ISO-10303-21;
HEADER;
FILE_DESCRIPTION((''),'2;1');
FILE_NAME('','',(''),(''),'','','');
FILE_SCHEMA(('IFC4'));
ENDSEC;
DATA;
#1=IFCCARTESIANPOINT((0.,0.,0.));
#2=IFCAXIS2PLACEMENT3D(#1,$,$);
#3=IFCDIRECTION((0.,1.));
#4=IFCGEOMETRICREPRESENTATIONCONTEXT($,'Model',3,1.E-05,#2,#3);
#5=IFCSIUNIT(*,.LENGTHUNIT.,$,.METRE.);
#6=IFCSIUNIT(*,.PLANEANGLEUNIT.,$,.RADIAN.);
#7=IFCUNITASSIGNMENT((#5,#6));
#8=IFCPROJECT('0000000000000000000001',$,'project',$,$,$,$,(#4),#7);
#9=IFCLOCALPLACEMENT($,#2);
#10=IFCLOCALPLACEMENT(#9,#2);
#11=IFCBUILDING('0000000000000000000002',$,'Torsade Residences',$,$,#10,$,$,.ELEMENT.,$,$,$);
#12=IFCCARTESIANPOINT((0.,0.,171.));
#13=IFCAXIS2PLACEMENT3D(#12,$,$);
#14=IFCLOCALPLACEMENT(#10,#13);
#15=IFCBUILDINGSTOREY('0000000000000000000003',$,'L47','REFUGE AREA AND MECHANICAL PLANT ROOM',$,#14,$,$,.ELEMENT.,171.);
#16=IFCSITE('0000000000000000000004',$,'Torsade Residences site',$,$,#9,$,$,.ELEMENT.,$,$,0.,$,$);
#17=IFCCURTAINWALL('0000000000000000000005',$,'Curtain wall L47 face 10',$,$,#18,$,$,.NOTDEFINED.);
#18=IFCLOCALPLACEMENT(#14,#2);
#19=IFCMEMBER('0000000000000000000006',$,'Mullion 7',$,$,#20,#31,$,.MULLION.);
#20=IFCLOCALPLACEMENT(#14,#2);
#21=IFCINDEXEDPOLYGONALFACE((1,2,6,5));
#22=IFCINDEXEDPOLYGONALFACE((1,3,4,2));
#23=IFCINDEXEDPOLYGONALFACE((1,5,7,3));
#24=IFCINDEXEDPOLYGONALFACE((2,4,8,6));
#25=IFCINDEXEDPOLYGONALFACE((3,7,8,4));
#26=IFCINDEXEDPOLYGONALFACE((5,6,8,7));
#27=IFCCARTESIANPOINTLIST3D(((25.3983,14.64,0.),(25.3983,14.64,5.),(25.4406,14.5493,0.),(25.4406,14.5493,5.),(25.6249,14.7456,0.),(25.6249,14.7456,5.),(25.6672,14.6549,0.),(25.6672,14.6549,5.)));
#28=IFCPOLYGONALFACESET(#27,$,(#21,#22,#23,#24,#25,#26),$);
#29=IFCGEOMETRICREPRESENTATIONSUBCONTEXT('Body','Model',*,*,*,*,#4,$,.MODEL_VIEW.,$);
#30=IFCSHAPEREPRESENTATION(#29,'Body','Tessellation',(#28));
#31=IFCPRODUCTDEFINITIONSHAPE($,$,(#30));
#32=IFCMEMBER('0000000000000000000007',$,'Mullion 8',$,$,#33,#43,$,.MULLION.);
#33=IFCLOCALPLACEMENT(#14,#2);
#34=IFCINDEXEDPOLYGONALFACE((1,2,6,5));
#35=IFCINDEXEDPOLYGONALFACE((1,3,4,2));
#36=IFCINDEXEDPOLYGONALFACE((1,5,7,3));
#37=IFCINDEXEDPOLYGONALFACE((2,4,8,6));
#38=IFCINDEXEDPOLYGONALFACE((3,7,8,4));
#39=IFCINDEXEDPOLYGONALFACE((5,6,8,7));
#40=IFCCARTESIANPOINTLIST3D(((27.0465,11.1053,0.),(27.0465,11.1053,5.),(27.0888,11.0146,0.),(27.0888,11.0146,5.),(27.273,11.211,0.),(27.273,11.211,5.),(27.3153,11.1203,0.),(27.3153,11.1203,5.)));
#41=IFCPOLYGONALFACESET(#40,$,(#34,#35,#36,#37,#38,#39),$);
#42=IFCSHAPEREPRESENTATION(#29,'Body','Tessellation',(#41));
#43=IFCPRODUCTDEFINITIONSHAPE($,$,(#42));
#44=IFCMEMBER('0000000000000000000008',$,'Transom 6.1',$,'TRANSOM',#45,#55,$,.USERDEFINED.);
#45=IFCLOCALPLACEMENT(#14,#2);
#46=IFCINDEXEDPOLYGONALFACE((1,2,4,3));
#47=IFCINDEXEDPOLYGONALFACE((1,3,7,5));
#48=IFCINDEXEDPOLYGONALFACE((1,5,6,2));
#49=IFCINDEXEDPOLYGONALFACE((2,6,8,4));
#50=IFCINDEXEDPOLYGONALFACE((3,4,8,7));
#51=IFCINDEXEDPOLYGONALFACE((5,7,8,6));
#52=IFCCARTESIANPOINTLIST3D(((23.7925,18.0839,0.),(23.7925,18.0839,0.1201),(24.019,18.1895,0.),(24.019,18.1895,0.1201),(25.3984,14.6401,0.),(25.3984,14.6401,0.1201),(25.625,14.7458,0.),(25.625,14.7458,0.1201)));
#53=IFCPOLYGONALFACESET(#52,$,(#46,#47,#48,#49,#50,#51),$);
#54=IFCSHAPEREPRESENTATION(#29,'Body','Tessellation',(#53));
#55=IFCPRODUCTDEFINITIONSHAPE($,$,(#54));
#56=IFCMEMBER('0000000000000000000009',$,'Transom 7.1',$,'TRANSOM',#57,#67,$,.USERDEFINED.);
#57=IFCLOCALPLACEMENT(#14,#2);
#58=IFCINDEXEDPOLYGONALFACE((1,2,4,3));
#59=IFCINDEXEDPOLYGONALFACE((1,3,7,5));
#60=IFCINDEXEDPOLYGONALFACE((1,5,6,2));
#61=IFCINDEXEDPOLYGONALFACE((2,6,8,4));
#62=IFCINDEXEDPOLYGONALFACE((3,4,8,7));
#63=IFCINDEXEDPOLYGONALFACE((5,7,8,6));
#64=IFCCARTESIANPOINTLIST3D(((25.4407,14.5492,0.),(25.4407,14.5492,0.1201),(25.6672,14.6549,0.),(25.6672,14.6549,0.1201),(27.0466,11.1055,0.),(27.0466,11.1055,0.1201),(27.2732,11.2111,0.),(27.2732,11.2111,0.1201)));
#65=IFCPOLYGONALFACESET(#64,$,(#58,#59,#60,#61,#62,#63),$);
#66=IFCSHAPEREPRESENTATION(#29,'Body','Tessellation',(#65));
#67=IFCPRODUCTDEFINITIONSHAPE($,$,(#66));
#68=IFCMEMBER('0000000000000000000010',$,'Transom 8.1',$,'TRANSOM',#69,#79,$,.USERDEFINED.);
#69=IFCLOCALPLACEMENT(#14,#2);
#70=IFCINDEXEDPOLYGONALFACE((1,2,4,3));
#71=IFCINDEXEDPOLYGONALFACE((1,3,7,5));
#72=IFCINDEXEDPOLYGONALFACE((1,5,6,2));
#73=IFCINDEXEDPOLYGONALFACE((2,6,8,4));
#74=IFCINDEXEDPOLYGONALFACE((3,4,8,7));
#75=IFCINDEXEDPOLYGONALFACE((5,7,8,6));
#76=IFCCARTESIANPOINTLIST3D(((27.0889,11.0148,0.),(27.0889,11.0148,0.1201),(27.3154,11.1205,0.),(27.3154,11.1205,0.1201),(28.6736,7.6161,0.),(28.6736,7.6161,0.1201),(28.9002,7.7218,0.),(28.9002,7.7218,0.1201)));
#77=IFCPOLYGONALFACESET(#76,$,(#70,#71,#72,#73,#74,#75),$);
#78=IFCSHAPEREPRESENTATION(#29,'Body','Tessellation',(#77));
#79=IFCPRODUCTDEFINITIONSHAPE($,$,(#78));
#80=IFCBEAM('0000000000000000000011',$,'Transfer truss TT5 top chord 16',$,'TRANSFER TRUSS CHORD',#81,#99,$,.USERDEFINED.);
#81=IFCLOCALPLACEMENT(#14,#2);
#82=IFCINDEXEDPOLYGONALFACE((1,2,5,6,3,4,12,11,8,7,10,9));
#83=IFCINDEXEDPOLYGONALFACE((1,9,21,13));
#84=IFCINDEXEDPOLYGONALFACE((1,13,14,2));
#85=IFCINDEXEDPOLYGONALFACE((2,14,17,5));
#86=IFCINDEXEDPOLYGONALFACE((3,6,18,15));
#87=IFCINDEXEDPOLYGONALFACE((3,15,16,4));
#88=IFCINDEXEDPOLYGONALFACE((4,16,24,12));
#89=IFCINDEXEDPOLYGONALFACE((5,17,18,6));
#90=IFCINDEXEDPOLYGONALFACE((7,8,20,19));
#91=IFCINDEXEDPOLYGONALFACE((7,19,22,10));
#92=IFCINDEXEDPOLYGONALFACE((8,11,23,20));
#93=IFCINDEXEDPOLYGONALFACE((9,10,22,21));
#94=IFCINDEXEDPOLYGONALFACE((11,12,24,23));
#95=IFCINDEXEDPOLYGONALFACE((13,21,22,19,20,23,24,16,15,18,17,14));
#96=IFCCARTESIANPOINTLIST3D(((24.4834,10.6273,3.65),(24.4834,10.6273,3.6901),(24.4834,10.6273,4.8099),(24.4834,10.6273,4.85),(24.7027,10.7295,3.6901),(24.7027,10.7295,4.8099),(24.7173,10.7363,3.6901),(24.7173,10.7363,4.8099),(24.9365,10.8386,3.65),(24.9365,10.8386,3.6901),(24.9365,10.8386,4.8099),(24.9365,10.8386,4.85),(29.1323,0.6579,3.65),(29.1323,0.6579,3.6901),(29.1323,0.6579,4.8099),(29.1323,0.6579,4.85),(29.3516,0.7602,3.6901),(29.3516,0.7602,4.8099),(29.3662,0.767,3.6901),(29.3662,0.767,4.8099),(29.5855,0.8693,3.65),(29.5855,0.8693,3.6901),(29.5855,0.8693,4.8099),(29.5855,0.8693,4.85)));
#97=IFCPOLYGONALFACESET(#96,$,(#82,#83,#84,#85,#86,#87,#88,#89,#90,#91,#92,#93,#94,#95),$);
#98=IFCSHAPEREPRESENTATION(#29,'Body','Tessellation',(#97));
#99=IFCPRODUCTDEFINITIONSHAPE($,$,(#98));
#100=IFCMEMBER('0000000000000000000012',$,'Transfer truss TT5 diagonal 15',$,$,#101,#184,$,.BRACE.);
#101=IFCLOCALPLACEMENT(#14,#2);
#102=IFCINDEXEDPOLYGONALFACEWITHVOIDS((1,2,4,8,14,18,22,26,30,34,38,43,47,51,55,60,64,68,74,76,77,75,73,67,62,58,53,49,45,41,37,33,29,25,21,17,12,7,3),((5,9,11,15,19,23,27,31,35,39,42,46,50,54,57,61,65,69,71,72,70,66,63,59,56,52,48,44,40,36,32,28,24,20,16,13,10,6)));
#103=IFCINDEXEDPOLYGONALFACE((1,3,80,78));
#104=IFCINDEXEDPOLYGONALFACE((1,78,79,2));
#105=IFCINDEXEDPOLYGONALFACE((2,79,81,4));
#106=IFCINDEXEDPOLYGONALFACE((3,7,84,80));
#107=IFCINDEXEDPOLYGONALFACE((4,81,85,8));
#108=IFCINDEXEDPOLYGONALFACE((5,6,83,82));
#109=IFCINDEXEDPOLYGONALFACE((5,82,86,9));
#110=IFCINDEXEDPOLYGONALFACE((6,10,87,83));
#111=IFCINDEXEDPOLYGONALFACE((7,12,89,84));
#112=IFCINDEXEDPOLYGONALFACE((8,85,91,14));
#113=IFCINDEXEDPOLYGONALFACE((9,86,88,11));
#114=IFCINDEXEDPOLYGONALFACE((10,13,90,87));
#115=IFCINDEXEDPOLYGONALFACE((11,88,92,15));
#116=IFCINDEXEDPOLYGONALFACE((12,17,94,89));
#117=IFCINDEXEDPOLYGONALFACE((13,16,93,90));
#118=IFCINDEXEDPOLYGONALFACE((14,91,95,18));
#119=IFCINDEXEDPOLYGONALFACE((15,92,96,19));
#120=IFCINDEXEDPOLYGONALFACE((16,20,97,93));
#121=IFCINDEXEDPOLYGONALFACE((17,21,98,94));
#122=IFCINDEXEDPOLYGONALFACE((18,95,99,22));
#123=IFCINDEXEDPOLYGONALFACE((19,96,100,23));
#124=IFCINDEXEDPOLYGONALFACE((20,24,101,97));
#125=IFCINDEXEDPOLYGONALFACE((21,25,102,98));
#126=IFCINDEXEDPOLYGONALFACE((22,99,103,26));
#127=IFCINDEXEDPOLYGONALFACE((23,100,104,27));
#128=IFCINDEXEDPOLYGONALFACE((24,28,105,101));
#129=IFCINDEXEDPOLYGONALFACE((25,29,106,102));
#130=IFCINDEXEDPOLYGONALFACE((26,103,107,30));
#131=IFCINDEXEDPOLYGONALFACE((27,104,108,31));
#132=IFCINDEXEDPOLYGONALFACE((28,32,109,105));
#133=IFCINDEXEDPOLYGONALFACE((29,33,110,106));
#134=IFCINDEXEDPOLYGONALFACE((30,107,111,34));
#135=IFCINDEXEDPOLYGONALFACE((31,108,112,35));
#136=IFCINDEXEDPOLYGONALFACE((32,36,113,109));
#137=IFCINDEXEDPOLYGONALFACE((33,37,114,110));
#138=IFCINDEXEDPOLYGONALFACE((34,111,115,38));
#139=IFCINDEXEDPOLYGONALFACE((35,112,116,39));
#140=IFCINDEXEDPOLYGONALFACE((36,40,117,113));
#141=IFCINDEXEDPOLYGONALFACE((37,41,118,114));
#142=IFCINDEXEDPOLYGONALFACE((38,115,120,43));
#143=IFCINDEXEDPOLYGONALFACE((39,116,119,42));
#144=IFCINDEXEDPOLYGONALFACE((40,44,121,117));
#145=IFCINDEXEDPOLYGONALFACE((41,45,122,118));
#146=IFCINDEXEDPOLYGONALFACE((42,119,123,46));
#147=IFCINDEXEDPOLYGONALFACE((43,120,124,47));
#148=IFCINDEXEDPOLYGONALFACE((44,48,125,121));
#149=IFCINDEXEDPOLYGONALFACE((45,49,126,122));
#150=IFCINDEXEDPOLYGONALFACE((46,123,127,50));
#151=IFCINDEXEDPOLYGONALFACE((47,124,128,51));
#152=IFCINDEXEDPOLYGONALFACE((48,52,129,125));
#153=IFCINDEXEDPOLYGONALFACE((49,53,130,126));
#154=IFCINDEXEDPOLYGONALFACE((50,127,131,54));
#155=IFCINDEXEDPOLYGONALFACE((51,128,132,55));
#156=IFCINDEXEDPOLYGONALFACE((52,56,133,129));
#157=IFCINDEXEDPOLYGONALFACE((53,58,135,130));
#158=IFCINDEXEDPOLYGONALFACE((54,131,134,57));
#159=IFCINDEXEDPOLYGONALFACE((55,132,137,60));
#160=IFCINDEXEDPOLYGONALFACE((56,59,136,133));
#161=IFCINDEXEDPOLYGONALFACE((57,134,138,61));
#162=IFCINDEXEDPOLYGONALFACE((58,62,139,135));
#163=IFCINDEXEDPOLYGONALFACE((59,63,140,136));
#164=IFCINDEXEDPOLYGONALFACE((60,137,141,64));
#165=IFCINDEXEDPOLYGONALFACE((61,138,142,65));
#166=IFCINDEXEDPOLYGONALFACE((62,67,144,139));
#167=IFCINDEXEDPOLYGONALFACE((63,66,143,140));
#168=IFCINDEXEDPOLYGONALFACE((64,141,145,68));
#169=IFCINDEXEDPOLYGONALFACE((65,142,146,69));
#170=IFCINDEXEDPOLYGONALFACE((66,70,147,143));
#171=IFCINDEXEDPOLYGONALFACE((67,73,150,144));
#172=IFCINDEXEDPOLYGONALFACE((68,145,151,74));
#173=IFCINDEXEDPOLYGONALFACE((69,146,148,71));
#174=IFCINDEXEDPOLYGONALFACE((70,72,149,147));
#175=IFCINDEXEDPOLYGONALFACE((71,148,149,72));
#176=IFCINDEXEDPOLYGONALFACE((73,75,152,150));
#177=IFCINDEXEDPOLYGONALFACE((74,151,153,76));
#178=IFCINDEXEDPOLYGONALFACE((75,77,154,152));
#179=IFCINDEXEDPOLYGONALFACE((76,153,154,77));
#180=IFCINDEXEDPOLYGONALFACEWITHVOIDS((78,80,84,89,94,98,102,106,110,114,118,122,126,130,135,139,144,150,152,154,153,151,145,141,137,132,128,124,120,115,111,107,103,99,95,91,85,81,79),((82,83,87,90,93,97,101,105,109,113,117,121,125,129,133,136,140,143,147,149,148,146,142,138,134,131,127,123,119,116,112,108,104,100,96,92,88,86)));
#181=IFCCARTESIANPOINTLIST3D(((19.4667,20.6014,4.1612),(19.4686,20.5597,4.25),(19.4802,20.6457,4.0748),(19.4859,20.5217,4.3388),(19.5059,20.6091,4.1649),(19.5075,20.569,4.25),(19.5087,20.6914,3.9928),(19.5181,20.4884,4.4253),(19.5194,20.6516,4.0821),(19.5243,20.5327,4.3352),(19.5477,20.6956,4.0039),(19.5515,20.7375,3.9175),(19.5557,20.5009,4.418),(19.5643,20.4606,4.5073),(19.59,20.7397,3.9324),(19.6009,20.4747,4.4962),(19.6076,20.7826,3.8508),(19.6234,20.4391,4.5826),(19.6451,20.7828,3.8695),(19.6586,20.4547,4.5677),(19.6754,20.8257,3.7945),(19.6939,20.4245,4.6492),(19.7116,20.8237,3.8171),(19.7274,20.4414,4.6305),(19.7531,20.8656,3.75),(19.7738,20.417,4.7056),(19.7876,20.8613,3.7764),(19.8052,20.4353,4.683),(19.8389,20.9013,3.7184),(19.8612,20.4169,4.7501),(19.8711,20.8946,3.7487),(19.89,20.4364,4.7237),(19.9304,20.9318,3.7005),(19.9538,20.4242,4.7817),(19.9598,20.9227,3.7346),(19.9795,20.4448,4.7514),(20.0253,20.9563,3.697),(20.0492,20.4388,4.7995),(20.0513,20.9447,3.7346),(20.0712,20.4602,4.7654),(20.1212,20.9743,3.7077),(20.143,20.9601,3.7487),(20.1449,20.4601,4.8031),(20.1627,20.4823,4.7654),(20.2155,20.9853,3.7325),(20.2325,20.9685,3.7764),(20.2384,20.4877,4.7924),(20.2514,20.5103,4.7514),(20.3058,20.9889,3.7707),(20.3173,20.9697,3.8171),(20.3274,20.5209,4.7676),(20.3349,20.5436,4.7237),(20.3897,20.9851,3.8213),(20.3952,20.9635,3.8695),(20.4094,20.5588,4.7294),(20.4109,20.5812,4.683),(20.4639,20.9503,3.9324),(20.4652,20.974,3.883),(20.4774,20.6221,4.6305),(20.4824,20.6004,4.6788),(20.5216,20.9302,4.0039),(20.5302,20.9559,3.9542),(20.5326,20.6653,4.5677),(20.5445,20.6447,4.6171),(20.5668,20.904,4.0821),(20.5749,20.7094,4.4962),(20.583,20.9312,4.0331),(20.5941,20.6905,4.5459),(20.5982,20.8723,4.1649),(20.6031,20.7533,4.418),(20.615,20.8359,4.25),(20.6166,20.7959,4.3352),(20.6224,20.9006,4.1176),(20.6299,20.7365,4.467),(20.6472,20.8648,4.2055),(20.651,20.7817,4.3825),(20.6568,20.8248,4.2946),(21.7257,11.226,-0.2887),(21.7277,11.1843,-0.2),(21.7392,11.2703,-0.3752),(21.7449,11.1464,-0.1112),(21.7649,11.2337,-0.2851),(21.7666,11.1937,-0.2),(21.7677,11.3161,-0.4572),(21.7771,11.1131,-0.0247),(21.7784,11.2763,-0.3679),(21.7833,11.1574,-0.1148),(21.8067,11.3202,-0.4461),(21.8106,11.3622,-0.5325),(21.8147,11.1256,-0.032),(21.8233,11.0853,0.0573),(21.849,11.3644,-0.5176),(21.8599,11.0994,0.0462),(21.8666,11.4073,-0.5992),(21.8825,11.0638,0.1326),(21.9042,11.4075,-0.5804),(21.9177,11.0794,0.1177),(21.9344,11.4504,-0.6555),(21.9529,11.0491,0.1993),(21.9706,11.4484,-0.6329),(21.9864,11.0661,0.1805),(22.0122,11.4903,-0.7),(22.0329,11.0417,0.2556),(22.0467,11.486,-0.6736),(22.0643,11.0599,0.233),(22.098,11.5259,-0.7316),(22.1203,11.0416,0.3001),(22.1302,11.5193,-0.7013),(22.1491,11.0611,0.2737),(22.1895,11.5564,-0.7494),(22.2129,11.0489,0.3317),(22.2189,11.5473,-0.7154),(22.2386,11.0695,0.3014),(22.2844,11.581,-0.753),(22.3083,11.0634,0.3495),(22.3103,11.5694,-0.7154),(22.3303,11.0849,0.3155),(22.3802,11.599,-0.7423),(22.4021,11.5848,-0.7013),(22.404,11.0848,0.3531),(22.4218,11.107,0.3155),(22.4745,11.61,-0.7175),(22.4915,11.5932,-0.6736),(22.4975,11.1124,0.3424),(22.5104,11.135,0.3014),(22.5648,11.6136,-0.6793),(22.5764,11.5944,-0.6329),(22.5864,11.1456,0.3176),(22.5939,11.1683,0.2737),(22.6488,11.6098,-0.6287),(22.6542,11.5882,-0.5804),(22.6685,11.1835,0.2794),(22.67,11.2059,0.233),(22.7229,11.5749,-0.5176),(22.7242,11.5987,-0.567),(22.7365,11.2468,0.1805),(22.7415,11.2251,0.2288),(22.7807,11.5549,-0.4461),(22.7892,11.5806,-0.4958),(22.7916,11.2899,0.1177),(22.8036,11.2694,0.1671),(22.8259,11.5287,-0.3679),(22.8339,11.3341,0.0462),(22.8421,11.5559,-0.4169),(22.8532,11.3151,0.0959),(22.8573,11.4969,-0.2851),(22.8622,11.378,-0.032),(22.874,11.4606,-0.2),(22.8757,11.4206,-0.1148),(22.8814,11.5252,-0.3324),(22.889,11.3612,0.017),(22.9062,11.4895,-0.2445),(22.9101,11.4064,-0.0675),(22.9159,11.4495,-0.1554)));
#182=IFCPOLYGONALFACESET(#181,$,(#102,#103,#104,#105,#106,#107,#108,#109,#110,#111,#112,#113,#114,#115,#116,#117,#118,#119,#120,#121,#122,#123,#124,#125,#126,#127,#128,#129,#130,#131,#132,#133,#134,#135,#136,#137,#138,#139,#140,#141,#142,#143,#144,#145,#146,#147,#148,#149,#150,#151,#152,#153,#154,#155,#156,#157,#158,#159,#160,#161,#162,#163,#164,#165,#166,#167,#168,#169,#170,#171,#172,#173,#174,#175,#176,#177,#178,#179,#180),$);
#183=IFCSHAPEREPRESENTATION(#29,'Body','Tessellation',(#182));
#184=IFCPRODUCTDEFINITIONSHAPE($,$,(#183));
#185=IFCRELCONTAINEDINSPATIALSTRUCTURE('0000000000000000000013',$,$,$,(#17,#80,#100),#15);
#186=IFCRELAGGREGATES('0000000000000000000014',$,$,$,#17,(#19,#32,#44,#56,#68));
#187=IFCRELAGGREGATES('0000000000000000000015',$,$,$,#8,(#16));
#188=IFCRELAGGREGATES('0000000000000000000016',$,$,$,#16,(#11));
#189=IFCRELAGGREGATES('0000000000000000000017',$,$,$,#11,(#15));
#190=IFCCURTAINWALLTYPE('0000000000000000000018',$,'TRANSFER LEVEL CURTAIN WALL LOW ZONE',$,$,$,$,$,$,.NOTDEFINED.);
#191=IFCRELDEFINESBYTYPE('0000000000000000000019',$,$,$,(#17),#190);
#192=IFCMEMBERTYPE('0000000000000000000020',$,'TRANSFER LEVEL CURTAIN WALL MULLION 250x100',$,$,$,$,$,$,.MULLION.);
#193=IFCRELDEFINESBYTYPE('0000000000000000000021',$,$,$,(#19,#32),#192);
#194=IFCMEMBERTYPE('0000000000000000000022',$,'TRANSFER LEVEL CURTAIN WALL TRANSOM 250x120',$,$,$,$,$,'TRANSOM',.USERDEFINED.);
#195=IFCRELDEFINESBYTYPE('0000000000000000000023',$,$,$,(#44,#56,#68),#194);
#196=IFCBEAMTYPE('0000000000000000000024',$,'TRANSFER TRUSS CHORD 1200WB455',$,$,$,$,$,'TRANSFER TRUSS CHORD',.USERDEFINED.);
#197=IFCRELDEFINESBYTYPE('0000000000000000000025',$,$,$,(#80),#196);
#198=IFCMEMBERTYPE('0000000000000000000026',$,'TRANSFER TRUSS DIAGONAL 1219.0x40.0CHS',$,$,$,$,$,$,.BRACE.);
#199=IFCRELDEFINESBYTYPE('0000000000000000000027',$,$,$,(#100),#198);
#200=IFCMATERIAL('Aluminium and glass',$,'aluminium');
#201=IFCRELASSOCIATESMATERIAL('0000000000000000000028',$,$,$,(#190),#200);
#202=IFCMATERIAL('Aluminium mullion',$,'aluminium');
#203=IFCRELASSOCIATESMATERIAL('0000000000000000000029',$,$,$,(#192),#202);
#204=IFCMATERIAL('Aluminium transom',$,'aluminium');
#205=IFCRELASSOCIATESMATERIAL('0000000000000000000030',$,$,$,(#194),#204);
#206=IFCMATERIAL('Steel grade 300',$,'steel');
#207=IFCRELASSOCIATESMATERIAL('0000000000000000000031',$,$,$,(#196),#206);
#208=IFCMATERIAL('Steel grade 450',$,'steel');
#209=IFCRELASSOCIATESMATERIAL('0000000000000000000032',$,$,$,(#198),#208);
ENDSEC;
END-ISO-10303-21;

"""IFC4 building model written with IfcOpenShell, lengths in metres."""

from ifc_helpers import new_model, si_unit, direction, frame, origin, origin_2d, place, context, subcontext, project, spatial, rectangle, hollow_circle, i_section, extrude, material, material_profile, profile_set, type_object, element, aggregate, save


model = new_model("IFC4")

# Units and contexts
model_context = context("Model", 3, precision=1e-05, world=origin(), true_north=direction((0.0, 1.0)))
body_context = subcontext(model_context, "Body", "Model", "MODEL_VIEW")
ifc_project = project(units=[si_unit("LENGTHUNIT", "METRE"), si_unit("PLANEANGLEUNIT", "RADIAN")], contexts=[model_context])

# Site, building, storey
site_placement = place(None, origin())
site = spatial("IfcSite", under=ifc_project, at=site_placement, Name="Torsade Residences site", CompositionType="ELEMENT", RefElevation=0.0)
building_placement = place(site_placement, origin())
building = spatial("IfcBuilding", under=site, at=building_placement, Name="Torsade Residences", CompositionType="ELEMENT")
storey_placement = place(building_placement, frame((0.0, 0.0, 171.0)))
storey = spatial("IfcBuildingStorey", under=building, at=storey_placement, Name="L47", Description="REFUGE AREA AND MECHANICAL PLANT ROOM", CompositionType="ELEMENT", Elevation=171.0)

# Curtain wall, members
ifc_material_1 = material(Name="Aluminium and glass", Category="aluminium")
curtain_wall_type = type_object("IfcCurtainWallType", Name="TRANSFER LEVEL CURTAIN WALL LOW ZONE", PredefinedType="NOTDEFINED", material=ifc_material_1)
curtain_wall_placement = place(storey_placement, origin())
curtain_wall = element("IfcCurtainWall", 1, at=curtain_wall_placement, inside=storey, type_object=curtain_wall_type, Name="Curtain wall L47 face 10", PredefinedType="NOTDEFINED")
ifc_material_2 = material(Name="Aluminium mullion", Category="aluminium")
ifc_material_profile_1 = material_profile(ifc_material_2, rectangle(XDim=0.25, YDim=0.1001, at=origin_2d()), Name="TRANSFER LEVEL CURTAIN WALL MULLION 250x100")
ifc_profile_set_1 = profile_set([ifc_material_profile_1], Name="Aluminium mullion")
member_type_1 = type_object("IfcMemberType", Name="TRANSFER LEVEL CURTAIN WALL MULLION 250x100", PredefinedType="MULLION", material=ifc_profile_set_1)
member_1_placement = place(storey_placement, frame((25.5327, 14.6475, 0.0), z_axis=(0.0, 0.0, 1.0), x_axis=(0.906308, 0.422618, 0.0)))
member_1 = element("IfcMember", 2, at=member_1_placement, type_object=member_type_1, Name="Mullion 7", PredefinedType="MULLION", context=body_context, shape_type="SweptSolid", body=[
    extrude(rectangle(XDim=0.25, YDim=0.1001, at=origin_2d()), origin(), (0.0, 0.0, 1.0), 5.0),
])
member_2_placement = place(storey_placement, frame((27.1809, 11.1128, 0.0), z_axis=(0.0, 0.0, 1.0), x_axis=(0.906308, 0.422618, 0.0)))
member_2 = element("IfcMember", 3, at=member_2_placement, type_object=member_type_1, Name="Mullion 8", PredefinedType="MULLION", context=body_context, shape_type="SweptSolid", body=[
    extrude(rectangle(XDim=0.25, YDim=0.1001, at=origin_2d()), origin(), (0.0, 0.0, 1.0), 5.0),
])
ifc_material_3 = material(Name="Aluminium transom", Category="aluminium")
ifc_material_profile_2 = material_profile(ifc_material_3, rectangle(XDim=0.25, YDim=0.1201, at=origin_2d()), Name="TRANSFER LEVEL CURTAIN WALL TRANSOM 250x120")
ifc_profile_set_2 = profile_set([ifc_material_profile_2], Name="Aluminium transom")
member_type_2 = type_object("IfcMemberType", Name="TRANSFER LEVEL CURTAIN WALL TRANSOM 250x120", ElementType="TRANSOM", PredefinedType="USERDEFINED", material=ifc_profile_set_2)
member_3_placement = place(storey_placement, frame((23.9058, 18.1367, 0.0601), z_axis=(0.422632, -0.906301, 0.0), x_axis=(0.906301, 0.422632, 0.0)))
member_3 = element("IfcMember", 4, at=member_3_placement, type_object=member_type_2, Name="Transom 6.1", ObjectType="TRANSOM", PredefinedType="USERDEFINED", context=body_context, shape_type="SweptSolid", body=[
    extrude(rectangle(XDim=0.25, YDim=0.1201, at=origin_2d()), origin(), (0.0, 0.0, 1.0), 3.7998),
])
member_4_placement = place(storey_placement, frame((25.554, 14.6021, 0.0601), z_axis=(0.422632, -0.906301, 0.0), x_axis=(0.906301, 0.422632, 0.0)))
member_4 = element("IfcMember", 5, at=member_4_placement, type_object=member_type_2, Name="Transom 7.1", ObjectType="TRANSOM", PredefinedType="USERDEFINED", context=body_context, shape_type="SweptSolid", body=[
    extrude(rectangle(XDim=0.25, YDim=0.1201, at=origin_2d()), origin(), (0.0, 0.0, 1.0), 3.7998),
])
member_5_placement = place(storey_placement, frame((27.2021, 11.0676, 0.0601), z_axis=(0.422593, -0.906319, 0.0), x_axis=(0.906319, 0.422593, 0.0)))
member_5 = element("IfcMember", 6, at=member_5_placement, type_object=member_type_2, Name="Transom 8.1", ObjectType="TRANSOM", PredefinedType="USERDEFINED", context=body_context, shape_type="SweptSolid", body=[
    extrude(rectangle(XDim=0.25, YDim=0.1201, at=origin_2d()), origin(), (0.0, 0.0, 1.0), 3.75),
])

# Beam
ifc_material_4 = material(Name="Steel grade 300", Category="steel")
ifc_material_profile_3 = material_profile(ifc_material_4, i_section(OverallWidth=0.5, OverallDepth=1.2, WebThickness=0.0161, FlangeThickness=0.04, at=origin_2d()), Name="1200WB455")
ifc_profile_set_3 = profile_set([ifc_material_profile_3], Name="Steel grade 300")
beam_type_1 = type_object("IfcBeamType", Name="TRANSFER TRUSS CHORD 1200WB455", ElementType="TRANSFER TRUSS CHORD", PredefinedType="USERDEFINED", material=ifc_profile_set_3)
beam_1_placement = place(storey_placement, frame((24.71, 10.7329, 4.25), z_axis=(0.422633, -0.906301, 0.0), x_axis=(0.906301, 0.422633, 0.0)))
element("IfcBeam", 7, at=beam_1_placement, inside=storey, type_object=beam_type_1, Name="Transfer truss TT5 top chord 16", ObjectType="TRANSFER TRUSS CHORD", PredefinedType="USERDEFINED", context=body_context, shape_type="SweptSolid", body=[
    extrude(i_section(OverallWidth=0.5, OverallDepth=1.2, WebThickness=0.0161, FlangeThickness=0.04, at=origin_2d()), origin(), (0.0, 0.0, 1.0), 11.0),
])

# Member
ifc_material_5 = material(Name="Steel grade 450", Category="steel")
ifc_material_profile_4 = material_profile(ifc_material_5, hollow_circle(Radius=0.6096, WallThickness=0.04, at=origin_2d()), Name="1219.0x40.0CHS")
ifc_profile_set_4 = profile_set([ifc_material_profile_4], Name="Steel grade 450")
member_type_3 = type_object("IfcMemberType", Name="TRANSFER TRUSS DIAGONAL 1219.0x40.0CHS", PredefinedType="BRACE", material=ifc_profile_set_4)
member_6_placement = place(storey_placement, frame((22.3203, 11.3271, -0.2), z_axis=(-0.2127, 0.882728, 0.418986), x_axis=(-0.972176, -0.234253, 0.0)))
element("IfcMember", 8, at=member_6_placement, inside=storey, type_object=member_type_3, Name="Transfer truss TT5 diagonal 15", PredefinedType="BRACE", context=body_context, shape_type="SweptSolid", body=[
    extrude(hollow_circle(Radius=0.6096, WallThickness=0.04, at=origin_2d()), origin(), (0.0, 0.0, 1.0), 10.6208),
])

aggregate(curtain_wall, [member_1, member_2, member_3, member_4, member_5])

save(model, "model.ifc")
